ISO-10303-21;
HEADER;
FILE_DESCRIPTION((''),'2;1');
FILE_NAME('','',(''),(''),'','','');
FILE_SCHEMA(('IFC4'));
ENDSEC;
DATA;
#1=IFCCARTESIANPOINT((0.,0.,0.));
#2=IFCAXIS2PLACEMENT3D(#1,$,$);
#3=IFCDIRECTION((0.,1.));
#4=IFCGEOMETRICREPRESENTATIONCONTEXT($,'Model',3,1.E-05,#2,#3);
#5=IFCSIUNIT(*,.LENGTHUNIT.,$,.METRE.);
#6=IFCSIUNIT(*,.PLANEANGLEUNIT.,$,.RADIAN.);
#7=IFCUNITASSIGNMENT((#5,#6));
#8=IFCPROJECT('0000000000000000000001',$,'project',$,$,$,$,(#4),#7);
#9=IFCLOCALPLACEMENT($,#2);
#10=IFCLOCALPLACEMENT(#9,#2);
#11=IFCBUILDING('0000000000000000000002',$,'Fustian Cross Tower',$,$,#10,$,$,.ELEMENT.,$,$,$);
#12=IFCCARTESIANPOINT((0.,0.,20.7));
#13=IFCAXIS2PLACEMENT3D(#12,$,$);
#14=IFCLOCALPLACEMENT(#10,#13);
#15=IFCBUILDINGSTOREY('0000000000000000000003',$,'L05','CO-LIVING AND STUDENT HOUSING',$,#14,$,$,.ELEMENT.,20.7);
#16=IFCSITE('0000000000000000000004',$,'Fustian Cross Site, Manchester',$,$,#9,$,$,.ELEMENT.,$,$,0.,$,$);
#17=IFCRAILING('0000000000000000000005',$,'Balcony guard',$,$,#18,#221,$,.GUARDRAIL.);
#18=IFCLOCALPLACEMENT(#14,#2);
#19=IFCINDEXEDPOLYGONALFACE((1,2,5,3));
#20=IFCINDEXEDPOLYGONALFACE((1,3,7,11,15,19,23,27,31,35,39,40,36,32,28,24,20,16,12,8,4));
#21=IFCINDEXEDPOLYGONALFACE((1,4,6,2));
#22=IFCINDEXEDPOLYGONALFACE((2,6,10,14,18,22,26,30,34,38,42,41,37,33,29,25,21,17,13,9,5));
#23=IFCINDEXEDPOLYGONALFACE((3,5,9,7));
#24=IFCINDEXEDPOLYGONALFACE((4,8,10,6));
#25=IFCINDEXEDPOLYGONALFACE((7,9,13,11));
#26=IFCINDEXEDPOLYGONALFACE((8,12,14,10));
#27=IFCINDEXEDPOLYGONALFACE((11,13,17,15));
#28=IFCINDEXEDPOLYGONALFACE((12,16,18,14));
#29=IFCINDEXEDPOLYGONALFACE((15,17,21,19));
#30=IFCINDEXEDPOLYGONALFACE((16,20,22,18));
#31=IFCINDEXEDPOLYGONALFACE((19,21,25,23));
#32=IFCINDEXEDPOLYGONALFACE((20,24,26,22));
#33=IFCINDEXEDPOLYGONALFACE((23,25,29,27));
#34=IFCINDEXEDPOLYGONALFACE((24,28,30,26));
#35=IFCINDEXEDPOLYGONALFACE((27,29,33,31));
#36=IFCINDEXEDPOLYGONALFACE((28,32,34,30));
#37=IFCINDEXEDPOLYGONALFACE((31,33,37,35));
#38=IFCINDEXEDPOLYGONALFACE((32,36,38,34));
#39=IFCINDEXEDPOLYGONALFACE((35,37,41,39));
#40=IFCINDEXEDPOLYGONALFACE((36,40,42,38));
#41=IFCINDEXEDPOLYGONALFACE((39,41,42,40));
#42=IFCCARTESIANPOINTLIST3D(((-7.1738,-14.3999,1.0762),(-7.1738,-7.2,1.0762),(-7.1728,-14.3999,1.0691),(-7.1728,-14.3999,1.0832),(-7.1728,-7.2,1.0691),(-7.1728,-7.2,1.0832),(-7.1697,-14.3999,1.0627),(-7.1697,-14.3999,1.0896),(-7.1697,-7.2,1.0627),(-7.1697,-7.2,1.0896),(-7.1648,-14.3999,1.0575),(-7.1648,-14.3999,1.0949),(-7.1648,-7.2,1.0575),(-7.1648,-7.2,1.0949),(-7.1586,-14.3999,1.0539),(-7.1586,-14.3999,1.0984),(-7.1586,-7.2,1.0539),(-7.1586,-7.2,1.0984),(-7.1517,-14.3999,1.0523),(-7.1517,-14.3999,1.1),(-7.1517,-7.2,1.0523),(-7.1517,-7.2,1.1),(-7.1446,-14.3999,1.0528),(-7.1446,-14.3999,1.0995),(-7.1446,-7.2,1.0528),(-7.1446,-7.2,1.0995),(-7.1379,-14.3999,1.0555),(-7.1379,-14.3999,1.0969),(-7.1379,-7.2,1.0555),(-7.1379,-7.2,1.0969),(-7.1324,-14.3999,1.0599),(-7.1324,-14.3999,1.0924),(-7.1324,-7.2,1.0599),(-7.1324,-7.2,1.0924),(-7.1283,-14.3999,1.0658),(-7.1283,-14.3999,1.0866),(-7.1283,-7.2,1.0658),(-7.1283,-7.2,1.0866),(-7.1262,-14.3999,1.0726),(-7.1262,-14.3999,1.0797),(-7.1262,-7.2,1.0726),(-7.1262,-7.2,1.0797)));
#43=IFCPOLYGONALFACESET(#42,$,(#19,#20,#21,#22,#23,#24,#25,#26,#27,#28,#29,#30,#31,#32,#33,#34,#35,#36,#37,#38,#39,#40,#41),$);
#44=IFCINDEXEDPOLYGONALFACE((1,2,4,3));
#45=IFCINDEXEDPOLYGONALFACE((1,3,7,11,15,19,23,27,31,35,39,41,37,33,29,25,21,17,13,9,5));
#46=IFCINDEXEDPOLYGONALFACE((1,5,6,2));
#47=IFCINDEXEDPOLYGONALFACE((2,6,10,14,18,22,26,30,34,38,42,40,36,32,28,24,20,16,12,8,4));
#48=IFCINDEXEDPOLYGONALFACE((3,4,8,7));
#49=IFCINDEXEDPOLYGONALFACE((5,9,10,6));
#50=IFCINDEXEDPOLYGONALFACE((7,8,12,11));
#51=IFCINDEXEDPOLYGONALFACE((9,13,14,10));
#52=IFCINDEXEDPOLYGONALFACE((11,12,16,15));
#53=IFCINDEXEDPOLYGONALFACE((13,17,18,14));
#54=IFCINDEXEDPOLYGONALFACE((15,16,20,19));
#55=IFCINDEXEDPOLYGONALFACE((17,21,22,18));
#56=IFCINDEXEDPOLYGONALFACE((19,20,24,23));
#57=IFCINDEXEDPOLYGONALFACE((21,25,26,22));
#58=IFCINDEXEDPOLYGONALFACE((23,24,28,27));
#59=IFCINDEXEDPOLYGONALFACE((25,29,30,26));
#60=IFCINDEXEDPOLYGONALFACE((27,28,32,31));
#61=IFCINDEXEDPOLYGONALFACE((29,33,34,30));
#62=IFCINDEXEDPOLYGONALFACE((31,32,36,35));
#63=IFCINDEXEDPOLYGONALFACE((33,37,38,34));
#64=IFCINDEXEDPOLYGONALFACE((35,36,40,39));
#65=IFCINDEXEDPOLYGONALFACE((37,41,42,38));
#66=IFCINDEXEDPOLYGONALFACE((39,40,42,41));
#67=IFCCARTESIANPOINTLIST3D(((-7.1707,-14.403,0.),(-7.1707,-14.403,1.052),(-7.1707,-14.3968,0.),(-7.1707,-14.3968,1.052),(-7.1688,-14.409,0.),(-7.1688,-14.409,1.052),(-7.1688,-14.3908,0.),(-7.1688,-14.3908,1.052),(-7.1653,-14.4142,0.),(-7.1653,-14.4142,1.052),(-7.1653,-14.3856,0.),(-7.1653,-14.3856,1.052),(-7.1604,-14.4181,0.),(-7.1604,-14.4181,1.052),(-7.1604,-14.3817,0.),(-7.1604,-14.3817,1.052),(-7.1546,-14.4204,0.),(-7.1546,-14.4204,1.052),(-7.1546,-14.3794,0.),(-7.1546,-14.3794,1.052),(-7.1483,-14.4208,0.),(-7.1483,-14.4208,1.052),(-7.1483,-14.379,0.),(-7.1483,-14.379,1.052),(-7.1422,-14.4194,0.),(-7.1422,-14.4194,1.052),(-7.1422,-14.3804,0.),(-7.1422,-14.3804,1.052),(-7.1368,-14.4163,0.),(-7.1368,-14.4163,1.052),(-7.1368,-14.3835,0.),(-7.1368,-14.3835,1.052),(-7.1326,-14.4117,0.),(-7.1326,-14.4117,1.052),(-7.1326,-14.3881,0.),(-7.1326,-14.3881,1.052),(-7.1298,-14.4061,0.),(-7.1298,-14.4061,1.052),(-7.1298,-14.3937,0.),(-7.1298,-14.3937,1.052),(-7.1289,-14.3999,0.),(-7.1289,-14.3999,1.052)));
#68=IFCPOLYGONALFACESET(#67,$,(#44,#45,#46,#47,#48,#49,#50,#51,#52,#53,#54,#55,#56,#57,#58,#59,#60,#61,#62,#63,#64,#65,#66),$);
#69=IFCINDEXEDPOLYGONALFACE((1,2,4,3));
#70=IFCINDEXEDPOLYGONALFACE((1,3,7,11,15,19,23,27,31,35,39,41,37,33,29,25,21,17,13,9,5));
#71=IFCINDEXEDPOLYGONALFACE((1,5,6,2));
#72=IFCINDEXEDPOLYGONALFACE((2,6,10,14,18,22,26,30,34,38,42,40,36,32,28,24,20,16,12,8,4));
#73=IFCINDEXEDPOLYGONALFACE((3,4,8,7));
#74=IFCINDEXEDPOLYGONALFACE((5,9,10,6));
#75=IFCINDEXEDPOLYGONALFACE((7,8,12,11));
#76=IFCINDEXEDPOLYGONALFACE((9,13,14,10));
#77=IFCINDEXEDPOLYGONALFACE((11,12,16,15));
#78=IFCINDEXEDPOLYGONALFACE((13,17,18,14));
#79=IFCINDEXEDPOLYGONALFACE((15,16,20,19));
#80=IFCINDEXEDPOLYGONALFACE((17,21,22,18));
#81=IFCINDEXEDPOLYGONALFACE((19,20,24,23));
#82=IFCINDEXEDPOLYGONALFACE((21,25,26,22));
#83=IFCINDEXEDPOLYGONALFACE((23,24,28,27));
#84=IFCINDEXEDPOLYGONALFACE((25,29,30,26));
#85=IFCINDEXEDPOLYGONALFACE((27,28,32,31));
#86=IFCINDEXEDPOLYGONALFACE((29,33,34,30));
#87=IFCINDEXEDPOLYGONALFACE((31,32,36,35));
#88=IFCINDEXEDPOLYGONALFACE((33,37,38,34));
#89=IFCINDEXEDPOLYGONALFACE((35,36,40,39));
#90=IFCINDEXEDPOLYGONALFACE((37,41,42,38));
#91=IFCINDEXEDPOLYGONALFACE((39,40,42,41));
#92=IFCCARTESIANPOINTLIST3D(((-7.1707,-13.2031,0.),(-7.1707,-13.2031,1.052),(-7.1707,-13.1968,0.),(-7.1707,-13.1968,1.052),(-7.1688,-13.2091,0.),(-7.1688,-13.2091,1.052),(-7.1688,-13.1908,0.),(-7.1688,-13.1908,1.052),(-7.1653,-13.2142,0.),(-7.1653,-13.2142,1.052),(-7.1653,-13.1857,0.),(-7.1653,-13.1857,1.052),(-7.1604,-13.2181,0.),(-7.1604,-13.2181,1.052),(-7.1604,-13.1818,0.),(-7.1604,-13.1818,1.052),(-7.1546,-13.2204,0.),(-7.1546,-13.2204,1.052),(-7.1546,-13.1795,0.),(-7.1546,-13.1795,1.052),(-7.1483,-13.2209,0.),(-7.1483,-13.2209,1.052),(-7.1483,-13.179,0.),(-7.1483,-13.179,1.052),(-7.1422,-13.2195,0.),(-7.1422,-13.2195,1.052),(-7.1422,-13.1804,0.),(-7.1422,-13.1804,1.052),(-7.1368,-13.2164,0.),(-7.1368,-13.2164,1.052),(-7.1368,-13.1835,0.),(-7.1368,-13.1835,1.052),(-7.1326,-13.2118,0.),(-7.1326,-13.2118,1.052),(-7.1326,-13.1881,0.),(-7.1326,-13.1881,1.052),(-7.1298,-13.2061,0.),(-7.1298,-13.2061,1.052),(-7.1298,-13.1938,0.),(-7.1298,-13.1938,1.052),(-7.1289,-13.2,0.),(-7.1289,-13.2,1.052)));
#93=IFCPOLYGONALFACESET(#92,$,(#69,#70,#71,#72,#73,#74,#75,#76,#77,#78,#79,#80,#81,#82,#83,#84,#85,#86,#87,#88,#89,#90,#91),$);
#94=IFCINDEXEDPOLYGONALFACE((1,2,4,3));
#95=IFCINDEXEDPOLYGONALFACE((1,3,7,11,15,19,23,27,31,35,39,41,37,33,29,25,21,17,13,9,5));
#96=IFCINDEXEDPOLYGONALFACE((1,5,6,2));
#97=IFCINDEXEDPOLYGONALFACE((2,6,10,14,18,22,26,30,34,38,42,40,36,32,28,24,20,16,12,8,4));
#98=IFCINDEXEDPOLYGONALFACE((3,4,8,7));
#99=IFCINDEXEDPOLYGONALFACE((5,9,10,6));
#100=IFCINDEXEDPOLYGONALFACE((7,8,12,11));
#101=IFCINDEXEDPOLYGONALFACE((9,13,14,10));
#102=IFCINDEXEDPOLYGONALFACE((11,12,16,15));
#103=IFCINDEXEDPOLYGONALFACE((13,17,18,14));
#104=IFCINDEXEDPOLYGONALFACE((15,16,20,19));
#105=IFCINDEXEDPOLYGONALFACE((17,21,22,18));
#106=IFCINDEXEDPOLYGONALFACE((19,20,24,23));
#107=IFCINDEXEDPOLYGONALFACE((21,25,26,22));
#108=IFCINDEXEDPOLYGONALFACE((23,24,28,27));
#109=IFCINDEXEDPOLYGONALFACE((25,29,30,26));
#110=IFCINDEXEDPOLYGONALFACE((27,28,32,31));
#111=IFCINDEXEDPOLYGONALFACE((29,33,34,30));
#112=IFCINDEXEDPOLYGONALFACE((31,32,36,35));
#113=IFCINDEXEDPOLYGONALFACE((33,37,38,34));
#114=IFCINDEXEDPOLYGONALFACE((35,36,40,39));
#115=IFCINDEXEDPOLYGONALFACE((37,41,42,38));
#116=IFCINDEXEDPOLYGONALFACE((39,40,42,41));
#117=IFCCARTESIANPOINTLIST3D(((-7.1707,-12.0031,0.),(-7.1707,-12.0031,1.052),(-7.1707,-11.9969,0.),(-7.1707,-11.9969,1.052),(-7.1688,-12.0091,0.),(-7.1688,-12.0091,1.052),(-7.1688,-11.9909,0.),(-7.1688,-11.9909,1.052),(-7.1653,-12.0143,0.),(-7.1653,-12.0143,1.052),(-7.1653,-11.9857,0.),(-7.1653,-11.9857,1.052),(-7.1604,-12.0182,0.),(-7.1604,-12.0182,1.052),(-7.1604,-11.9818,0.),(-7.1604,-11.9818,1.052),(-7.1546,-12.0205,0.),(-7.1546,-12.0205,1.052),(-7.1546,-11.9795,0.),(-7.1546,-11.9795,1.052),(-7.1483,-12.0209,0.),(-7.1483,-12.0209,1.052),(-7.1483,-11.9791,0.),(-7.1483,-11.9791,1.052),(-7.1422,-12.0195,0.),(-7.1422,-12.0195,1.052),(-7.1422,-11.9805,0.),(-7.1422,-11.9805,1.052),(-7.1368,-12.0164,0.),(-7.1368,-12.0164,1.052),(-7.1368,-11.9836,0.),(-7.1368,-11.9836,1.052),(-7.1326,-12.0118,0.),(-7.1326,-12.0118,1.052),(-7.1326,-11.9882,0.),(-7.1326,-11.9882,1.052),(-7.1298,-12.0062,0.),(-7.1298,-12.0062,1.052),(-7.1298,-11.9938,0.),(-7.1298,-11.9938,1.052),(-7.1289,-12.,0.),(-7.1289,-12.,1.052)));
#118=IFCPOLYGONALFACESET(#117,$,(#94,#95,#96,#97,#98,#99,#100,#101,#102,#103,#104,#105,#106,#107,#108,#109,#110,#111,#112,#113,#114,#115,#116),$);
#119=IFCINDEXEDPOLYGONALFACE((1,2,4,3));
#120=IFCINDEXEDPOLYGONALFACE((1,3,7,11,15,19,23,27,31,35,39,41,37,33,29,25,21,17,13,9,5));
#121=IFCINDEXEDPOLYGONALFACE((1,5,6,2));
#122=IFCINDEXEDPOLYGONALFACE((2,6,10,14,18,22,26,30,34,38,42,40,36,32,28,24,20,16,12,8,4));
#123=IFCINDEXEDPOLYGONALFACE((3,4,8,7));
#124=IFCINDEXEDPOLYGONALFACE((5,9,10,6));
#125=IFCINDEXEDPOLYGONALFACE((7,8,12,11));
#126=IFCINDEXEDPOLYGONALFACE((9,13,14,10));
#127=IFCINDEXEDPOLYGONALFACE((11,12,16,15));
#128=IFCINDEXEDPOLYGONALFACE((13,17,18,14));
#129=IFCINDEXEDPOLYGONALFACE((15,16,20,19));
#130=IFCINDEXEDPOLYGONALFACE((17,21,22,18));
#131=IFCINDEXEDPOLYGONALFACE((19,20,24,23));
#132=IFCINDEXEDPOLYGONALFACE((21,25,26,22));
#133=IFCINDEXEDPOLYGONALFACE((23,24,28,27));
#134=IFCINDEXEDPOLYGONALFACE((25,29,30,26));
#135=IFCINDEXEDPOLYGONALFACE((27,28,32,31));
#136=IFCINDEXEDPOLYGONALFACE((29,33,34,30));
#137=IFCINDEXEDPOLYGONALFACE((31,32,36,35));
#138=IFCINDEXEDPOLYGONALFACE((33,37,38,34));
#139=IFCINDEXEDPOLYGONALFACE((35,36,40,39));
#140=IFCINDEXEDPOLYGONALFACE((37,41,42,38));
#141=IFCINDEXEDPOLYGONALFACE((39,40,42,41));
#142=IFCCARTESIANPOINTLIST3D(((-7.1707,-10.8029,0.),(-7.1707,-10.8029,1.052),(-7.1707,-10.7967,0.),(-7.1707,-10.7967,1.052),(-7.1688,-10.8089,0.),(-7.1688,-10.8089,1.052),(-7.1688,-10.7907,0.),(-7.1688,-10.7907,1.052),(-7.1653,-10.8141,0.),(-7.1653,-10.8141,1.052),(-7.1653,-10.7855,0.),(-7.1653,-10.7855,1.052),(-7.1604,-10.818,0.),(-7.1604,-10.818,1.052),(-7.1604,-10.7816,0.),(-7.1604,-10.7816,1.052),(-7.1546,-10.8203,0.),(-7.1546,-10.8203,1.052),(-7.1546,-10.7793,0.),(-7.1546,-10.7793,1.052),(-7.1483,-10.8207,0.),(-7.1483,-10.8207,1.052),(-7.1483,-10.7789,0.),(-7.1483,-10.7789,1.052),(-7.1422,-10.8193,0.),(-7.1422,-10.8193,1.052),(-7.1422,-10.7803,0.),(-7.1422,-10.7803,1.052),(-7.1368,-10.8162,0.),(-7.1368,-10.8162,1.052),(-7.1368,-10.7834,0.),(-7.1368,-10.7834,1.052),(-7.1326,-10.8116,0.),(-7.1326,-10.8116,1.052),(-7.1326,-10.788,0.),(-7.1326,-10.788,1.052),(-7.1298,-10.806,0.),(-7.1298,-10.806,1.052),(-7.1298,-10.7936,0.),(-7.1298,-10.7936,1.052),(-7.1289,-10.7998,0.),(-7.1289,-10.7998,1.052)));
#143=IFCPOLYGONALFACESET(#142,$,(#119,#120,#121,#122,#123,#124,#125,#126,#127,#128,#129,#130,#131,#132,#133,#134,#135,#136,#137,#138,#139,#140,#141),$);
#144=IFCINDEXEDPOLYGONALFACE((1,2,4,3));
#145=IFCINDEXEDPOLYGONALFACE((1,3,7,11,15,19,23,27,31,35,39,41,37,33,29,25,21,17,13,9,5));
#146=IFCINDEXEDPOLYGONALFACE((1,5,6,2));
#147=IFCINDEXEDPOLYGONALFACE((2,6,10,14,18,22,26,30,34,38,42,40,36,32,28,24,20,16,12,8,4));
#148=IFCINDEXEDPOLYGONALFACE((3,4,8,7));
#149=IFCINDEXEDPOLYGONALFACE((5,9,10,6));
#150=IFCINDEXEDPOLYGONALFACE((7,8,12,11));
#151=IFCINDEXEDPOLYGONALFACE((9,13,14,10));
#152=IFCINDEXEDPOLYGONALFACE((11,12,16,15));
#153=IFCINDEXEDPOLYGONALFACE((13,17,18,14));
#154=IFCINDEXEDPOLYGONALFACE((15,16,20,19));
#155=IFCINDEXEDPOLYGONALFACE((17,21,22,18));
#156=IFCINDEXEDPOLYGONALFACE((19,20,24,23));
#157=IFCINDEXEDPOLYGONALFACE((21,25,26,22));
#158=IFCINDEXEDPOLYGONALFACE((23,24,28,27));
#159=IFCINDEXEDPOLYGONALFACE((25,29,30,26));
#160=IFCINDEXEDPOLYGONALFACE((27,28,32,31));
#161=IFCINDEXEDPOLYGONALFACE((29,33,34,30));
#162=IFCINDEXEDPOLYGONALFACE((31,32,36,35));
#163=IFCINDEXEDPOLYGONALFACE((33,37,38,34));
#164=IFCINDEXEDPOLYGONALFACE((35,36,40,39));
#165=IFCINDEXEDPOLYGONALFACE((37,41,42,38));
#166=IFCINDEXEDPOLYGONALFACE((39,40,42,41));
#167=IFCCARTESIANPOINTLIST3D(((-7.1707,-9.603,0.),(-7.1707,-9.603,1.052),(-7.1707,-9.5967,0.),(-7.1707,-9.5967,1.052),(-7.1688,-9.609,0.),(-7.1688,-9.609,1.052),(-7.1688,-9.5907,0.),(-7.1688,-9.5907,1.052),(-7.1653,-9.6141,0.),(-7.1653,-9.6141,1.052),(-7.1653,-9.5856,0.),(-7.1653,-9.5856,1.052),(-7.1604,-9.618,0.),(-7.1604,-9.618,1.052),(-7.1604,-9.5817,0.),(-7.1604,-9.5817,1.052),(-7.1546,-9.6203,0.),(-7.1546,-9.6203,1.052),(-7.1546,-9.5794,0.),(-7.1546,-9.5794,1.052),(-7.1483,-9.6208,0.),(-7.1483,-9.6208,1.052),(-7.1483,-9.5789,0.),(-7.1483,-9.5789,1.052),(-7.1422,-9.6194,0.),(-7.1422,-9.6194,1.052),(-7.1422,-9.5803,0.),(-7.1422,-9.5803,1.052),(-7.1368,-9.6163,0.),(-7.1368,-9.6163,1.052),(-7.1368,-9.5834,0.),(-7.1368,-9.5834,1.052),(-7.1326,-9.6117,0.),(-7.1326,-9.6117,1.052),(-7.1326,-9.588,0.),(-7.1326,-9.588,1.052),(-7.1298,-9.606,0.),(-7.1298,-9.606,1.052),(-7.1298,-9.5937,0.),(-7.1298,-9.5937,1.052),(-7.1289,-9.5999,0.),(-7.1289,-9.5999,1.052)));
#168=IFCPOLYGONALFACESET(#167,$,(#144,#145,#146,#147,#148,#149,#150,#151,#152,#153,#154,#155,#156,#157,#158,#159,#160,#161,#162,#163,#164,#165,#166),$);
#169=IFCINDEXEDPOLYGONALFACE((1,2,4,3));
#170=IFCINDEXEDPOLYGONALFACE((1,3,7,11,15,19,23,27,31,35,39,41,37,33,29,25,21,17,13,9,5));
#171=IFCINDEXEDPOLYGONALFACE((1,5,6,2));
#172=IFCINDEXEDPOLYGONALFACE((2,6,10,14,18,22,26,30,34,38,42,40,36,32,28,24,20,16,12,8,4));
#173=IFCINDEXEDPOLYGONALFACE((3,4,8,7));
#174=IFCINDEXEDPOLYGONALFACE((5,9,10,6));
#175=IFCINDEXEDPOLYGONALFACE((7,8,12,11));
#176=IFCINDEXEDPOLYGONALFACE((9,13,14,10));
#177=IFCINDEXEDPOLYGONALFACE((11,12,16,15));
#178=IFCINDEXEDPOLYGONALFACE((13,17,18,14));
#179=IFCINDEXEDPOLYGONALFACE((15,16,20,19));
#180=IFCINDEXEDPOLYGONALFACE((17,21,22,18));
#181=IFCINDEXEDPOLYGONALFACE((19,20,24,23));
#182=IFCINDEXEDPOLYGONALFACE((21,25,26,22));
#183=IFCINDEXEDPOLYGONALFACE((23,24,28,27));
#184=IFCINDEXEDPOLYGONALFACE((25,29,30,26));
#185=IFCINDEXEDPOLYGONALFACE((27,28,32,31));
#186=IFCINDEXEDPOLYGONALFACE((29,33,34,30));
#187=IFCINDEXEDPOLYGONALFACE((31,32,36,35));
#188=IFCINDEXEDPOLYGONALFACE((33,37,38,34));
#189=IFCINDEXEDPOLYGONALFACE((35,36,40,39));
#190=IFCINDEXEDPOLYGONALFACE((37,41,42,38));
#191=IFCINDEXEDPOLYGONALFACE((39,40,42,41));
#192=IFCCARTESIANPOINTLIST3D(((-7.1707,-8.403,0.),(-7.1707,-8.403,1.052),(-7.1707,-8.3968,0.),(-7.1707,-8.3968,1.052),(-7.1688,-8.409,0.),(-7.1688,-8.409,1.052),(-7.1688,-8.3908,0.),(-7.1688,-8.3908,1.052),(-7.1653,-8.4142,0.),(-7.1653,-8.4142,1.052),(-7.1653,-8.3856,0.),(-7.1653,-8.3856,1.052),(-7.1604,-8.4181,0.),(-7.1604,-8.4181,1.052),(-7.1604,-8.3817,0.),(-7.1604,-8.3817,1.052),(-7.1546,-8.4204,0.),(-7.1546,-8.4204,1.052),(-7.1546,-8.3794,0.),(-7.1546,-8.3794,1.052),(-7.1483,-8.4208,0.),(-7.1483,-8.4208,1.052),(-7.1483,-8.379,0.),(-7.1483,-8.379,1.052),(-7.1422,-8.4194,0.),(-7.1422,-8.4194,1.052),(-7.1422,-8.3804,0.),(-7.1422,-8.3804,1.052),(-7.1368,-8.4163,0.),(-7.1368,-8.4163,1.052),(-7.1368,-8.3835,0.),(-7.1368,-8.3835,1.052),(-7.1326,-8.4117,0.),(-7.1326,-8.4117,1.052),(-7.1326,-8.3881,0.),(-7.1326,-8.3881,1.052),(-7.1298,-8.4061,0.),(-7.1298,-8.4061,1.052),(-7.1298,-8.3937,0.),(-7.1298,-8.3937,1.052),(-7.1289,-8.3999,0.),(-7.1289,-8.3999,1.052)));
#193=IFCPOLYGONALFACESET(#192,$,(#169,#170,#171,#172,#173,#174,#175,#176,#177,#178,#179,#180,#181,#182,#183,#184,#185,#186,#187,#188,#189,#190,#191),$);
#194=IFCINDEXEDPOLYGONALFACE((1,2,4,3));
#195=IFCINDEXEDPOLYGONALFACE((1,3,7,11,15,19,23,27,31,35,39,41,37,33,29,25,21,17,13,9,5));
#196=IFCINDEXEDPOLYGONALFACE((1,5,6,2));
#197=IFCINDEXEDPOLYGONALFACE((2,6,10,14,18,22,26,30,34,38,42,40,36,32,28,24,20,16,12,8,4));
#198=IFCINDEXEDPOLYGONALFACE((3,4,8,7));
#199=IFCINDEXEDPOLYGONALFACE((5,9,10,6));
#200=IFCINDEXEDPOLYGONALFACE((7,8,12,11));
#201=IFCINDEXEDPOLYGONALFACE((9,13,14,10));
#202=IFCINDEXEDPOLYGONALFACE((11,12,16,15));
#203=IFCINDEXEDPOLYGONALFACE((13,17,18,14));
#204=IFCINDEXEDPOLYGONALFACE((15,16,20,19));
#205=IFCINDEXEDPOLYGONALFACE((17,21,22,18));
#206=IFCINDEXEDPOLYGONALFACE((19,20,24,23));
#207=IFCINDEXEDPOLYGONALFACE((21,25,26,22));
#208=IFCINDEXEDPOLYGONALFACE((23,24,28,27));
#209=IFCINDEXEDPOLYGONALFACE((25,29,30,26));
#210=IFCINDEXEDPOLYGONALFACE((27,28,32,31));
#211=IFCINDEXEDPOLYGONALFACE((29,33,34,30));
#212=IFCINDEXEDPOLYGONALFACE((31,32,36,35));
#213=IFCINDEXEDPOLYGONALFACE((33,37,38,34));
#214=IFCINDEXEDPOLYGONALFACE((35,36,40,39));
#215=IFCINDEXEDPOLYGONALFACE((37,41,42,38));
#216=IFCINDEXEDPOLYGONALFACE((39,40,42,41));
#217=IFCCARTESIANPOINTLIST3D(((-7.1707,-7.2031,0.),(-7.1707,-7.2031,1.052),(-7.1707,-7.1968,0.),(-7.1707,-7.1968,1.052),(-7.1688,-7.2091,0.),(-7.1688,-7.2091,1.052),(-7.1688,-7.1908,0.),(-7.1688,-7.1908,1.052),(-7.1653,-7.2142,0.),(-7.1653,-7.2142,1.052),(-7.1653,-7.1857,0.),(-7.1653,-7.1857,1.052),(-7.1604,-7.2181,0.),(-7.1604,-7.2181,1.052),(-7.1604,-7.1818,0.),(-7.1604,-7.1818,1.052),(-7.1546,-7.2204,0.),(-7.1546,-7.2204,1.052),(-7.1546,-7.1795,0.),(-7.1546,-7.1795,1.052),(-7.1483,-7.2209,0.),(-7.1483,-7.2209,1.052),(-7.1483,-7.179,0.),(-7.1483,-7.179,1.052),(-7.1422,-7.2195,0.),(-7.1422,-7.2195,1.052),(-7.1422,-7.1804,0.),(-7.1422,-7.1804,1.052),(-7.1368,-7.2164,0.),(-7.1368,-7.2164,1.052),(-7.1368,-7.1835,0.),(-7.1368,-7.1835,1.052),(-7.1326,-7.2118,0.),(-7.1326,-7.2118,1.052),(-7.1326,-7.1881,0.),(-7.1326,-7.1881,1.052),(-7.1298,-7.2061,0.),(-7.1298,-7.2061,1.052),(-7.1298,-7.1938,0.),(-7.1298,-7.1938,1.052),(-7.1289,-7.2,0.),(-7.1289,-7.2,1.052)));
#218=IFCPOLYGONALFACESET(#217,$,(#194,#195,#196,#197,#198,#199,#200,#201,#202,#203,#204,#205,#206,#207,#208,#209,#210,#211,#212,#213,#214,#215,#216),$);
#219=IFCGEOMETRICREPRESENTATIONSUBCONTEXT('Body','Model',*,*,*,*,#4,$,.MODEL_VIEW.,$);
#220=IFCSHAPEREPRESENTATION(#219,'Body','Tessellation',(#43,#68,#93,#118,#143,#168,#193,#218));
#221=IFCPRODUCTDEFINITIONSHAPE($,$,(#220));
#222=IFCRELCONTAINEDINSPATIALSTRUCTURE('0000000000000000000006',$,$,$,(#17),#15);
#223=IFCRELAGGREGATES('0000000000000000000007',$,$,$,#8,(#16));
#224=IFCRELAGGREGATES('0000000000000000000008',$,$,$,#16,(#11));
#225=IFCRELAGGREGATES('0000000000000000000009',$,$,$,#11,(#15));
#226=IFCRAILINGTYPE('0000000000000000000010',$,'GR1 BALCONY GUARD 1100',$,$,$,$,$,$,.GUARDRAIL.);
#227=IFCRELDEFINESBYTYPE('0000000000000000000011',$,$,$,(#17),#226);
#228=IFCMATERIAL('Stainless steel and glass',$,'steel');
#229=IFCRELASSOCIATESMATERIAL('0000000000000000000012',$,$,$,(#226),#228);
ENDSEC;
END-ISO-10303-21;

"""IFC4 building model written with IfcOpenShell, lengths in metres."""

from ifc_helpers import new_model, si_unit, direction, frame, origin, origin_2d, place, context, subcontext, project, spatial, circle, extrude, material, type_object, element, save


model = new_model("IFC4")

# Units and contexts
model_context = context("Model", 3, precision=1e-05, world=origin(), true_north=direction((0.0, 1.0)))
body_context = subcontext(model_context, "Body", "Model", "MODEL_VIEW")
ifc_project = project(units=[si_unit("LENGTHUNIT", "METRE"), si_unit("PLANEANGLEUNIT", "RADIAN")], contexts=[model_context])

# Site, building, storey
site_placement = place(None, origin())
site = spatial("IfcSite", under=ifc_project, at=site_placement, Name="Fustian Cross Site, Manchester", CompositionType="ELEMENT", RefElevation=0.0)
building_placement = place(site_placement, origin())
building = spatial("IfcBuilding", under=site, at=building_placement, Name="Fustian Cross Tower", CompositionType="ELEMENT")
storey_placement = place(building_placement, frame((0.0, 0.0, 20.7)))
storey = spatial("IfcBuildingStorey", under=building, at=storey_placement, Name="L05", Description="CO-LIVING AND STUDENT HOUSING", CompositionType="ELEMENT", Elevation=20.7)

# Railing
ifc_material_1 = material(Name="Stainless steel and glass", Category="steel")
railing_type = type_object("IfcRailingType", Name="GR1 BALCONY GUARD 1100", PredefinedType="GUARDRAIL", material=ifc_material_1)
railing_placement = place(storey_placement, frame((-7.1499, -14.3999, 0.0)))
element("IfcRailing", 1, at=railing_placement, inside=storey, type_object=railing_type, Name="Balcony guard", PredefinedType="GUARDRAIL", context=body_context, shape_type="SweptSolid", body=[
    extrude(circle(Radius=0.0239, at=origin_2d()), frame((0.0, 0.0, 1.0762), z_axis=(0.0, 1.0, 0.0), x_axis=(-1.0, 0.0, 0.0)), (0.0, 0.0, 1.0), 7.2),
    extrude(circle(Radius=0.021, at=origin_2d()), origin(), (0.0, 0.0, 1.0), 1.052),
    extrude(circle(Radius=0.021, at=origin_2d()), frame((0.0, 1.2, 0.0)), (0.0, 0.0, 1.0), 1.052),
    extrude(circle(Radius=0.021, at=origin_2d()), frame((0.0, 2.3999, 0.0)), (0.0, 0.0, 1.0), 1.052),
    extrude(circle(Radius=0.021, at=origin_2d()), frame((0.0, 3.6001, 0.0)), (0.0, 0.0, 1.0), 1.052),
    extrude(circle(Radius=0.021, at=origin_2d()), frame((0.0, 4.8, 0.0)), (0.0, 0.0, 1.0), 1.052),
    extrude(circle(Radius=0.021, at=origin_2d()), frame((0.0, 6.0, 0.0)), (0.0, 0.0, 1.0), 1.052),
    extrude(circle(Radius=0.021, at=origin_2d()), frame((0.0, 7.2, 0.0)), (0.0, 0.0, 1.0), 1.052),
])

save(model, "model.ifc")
